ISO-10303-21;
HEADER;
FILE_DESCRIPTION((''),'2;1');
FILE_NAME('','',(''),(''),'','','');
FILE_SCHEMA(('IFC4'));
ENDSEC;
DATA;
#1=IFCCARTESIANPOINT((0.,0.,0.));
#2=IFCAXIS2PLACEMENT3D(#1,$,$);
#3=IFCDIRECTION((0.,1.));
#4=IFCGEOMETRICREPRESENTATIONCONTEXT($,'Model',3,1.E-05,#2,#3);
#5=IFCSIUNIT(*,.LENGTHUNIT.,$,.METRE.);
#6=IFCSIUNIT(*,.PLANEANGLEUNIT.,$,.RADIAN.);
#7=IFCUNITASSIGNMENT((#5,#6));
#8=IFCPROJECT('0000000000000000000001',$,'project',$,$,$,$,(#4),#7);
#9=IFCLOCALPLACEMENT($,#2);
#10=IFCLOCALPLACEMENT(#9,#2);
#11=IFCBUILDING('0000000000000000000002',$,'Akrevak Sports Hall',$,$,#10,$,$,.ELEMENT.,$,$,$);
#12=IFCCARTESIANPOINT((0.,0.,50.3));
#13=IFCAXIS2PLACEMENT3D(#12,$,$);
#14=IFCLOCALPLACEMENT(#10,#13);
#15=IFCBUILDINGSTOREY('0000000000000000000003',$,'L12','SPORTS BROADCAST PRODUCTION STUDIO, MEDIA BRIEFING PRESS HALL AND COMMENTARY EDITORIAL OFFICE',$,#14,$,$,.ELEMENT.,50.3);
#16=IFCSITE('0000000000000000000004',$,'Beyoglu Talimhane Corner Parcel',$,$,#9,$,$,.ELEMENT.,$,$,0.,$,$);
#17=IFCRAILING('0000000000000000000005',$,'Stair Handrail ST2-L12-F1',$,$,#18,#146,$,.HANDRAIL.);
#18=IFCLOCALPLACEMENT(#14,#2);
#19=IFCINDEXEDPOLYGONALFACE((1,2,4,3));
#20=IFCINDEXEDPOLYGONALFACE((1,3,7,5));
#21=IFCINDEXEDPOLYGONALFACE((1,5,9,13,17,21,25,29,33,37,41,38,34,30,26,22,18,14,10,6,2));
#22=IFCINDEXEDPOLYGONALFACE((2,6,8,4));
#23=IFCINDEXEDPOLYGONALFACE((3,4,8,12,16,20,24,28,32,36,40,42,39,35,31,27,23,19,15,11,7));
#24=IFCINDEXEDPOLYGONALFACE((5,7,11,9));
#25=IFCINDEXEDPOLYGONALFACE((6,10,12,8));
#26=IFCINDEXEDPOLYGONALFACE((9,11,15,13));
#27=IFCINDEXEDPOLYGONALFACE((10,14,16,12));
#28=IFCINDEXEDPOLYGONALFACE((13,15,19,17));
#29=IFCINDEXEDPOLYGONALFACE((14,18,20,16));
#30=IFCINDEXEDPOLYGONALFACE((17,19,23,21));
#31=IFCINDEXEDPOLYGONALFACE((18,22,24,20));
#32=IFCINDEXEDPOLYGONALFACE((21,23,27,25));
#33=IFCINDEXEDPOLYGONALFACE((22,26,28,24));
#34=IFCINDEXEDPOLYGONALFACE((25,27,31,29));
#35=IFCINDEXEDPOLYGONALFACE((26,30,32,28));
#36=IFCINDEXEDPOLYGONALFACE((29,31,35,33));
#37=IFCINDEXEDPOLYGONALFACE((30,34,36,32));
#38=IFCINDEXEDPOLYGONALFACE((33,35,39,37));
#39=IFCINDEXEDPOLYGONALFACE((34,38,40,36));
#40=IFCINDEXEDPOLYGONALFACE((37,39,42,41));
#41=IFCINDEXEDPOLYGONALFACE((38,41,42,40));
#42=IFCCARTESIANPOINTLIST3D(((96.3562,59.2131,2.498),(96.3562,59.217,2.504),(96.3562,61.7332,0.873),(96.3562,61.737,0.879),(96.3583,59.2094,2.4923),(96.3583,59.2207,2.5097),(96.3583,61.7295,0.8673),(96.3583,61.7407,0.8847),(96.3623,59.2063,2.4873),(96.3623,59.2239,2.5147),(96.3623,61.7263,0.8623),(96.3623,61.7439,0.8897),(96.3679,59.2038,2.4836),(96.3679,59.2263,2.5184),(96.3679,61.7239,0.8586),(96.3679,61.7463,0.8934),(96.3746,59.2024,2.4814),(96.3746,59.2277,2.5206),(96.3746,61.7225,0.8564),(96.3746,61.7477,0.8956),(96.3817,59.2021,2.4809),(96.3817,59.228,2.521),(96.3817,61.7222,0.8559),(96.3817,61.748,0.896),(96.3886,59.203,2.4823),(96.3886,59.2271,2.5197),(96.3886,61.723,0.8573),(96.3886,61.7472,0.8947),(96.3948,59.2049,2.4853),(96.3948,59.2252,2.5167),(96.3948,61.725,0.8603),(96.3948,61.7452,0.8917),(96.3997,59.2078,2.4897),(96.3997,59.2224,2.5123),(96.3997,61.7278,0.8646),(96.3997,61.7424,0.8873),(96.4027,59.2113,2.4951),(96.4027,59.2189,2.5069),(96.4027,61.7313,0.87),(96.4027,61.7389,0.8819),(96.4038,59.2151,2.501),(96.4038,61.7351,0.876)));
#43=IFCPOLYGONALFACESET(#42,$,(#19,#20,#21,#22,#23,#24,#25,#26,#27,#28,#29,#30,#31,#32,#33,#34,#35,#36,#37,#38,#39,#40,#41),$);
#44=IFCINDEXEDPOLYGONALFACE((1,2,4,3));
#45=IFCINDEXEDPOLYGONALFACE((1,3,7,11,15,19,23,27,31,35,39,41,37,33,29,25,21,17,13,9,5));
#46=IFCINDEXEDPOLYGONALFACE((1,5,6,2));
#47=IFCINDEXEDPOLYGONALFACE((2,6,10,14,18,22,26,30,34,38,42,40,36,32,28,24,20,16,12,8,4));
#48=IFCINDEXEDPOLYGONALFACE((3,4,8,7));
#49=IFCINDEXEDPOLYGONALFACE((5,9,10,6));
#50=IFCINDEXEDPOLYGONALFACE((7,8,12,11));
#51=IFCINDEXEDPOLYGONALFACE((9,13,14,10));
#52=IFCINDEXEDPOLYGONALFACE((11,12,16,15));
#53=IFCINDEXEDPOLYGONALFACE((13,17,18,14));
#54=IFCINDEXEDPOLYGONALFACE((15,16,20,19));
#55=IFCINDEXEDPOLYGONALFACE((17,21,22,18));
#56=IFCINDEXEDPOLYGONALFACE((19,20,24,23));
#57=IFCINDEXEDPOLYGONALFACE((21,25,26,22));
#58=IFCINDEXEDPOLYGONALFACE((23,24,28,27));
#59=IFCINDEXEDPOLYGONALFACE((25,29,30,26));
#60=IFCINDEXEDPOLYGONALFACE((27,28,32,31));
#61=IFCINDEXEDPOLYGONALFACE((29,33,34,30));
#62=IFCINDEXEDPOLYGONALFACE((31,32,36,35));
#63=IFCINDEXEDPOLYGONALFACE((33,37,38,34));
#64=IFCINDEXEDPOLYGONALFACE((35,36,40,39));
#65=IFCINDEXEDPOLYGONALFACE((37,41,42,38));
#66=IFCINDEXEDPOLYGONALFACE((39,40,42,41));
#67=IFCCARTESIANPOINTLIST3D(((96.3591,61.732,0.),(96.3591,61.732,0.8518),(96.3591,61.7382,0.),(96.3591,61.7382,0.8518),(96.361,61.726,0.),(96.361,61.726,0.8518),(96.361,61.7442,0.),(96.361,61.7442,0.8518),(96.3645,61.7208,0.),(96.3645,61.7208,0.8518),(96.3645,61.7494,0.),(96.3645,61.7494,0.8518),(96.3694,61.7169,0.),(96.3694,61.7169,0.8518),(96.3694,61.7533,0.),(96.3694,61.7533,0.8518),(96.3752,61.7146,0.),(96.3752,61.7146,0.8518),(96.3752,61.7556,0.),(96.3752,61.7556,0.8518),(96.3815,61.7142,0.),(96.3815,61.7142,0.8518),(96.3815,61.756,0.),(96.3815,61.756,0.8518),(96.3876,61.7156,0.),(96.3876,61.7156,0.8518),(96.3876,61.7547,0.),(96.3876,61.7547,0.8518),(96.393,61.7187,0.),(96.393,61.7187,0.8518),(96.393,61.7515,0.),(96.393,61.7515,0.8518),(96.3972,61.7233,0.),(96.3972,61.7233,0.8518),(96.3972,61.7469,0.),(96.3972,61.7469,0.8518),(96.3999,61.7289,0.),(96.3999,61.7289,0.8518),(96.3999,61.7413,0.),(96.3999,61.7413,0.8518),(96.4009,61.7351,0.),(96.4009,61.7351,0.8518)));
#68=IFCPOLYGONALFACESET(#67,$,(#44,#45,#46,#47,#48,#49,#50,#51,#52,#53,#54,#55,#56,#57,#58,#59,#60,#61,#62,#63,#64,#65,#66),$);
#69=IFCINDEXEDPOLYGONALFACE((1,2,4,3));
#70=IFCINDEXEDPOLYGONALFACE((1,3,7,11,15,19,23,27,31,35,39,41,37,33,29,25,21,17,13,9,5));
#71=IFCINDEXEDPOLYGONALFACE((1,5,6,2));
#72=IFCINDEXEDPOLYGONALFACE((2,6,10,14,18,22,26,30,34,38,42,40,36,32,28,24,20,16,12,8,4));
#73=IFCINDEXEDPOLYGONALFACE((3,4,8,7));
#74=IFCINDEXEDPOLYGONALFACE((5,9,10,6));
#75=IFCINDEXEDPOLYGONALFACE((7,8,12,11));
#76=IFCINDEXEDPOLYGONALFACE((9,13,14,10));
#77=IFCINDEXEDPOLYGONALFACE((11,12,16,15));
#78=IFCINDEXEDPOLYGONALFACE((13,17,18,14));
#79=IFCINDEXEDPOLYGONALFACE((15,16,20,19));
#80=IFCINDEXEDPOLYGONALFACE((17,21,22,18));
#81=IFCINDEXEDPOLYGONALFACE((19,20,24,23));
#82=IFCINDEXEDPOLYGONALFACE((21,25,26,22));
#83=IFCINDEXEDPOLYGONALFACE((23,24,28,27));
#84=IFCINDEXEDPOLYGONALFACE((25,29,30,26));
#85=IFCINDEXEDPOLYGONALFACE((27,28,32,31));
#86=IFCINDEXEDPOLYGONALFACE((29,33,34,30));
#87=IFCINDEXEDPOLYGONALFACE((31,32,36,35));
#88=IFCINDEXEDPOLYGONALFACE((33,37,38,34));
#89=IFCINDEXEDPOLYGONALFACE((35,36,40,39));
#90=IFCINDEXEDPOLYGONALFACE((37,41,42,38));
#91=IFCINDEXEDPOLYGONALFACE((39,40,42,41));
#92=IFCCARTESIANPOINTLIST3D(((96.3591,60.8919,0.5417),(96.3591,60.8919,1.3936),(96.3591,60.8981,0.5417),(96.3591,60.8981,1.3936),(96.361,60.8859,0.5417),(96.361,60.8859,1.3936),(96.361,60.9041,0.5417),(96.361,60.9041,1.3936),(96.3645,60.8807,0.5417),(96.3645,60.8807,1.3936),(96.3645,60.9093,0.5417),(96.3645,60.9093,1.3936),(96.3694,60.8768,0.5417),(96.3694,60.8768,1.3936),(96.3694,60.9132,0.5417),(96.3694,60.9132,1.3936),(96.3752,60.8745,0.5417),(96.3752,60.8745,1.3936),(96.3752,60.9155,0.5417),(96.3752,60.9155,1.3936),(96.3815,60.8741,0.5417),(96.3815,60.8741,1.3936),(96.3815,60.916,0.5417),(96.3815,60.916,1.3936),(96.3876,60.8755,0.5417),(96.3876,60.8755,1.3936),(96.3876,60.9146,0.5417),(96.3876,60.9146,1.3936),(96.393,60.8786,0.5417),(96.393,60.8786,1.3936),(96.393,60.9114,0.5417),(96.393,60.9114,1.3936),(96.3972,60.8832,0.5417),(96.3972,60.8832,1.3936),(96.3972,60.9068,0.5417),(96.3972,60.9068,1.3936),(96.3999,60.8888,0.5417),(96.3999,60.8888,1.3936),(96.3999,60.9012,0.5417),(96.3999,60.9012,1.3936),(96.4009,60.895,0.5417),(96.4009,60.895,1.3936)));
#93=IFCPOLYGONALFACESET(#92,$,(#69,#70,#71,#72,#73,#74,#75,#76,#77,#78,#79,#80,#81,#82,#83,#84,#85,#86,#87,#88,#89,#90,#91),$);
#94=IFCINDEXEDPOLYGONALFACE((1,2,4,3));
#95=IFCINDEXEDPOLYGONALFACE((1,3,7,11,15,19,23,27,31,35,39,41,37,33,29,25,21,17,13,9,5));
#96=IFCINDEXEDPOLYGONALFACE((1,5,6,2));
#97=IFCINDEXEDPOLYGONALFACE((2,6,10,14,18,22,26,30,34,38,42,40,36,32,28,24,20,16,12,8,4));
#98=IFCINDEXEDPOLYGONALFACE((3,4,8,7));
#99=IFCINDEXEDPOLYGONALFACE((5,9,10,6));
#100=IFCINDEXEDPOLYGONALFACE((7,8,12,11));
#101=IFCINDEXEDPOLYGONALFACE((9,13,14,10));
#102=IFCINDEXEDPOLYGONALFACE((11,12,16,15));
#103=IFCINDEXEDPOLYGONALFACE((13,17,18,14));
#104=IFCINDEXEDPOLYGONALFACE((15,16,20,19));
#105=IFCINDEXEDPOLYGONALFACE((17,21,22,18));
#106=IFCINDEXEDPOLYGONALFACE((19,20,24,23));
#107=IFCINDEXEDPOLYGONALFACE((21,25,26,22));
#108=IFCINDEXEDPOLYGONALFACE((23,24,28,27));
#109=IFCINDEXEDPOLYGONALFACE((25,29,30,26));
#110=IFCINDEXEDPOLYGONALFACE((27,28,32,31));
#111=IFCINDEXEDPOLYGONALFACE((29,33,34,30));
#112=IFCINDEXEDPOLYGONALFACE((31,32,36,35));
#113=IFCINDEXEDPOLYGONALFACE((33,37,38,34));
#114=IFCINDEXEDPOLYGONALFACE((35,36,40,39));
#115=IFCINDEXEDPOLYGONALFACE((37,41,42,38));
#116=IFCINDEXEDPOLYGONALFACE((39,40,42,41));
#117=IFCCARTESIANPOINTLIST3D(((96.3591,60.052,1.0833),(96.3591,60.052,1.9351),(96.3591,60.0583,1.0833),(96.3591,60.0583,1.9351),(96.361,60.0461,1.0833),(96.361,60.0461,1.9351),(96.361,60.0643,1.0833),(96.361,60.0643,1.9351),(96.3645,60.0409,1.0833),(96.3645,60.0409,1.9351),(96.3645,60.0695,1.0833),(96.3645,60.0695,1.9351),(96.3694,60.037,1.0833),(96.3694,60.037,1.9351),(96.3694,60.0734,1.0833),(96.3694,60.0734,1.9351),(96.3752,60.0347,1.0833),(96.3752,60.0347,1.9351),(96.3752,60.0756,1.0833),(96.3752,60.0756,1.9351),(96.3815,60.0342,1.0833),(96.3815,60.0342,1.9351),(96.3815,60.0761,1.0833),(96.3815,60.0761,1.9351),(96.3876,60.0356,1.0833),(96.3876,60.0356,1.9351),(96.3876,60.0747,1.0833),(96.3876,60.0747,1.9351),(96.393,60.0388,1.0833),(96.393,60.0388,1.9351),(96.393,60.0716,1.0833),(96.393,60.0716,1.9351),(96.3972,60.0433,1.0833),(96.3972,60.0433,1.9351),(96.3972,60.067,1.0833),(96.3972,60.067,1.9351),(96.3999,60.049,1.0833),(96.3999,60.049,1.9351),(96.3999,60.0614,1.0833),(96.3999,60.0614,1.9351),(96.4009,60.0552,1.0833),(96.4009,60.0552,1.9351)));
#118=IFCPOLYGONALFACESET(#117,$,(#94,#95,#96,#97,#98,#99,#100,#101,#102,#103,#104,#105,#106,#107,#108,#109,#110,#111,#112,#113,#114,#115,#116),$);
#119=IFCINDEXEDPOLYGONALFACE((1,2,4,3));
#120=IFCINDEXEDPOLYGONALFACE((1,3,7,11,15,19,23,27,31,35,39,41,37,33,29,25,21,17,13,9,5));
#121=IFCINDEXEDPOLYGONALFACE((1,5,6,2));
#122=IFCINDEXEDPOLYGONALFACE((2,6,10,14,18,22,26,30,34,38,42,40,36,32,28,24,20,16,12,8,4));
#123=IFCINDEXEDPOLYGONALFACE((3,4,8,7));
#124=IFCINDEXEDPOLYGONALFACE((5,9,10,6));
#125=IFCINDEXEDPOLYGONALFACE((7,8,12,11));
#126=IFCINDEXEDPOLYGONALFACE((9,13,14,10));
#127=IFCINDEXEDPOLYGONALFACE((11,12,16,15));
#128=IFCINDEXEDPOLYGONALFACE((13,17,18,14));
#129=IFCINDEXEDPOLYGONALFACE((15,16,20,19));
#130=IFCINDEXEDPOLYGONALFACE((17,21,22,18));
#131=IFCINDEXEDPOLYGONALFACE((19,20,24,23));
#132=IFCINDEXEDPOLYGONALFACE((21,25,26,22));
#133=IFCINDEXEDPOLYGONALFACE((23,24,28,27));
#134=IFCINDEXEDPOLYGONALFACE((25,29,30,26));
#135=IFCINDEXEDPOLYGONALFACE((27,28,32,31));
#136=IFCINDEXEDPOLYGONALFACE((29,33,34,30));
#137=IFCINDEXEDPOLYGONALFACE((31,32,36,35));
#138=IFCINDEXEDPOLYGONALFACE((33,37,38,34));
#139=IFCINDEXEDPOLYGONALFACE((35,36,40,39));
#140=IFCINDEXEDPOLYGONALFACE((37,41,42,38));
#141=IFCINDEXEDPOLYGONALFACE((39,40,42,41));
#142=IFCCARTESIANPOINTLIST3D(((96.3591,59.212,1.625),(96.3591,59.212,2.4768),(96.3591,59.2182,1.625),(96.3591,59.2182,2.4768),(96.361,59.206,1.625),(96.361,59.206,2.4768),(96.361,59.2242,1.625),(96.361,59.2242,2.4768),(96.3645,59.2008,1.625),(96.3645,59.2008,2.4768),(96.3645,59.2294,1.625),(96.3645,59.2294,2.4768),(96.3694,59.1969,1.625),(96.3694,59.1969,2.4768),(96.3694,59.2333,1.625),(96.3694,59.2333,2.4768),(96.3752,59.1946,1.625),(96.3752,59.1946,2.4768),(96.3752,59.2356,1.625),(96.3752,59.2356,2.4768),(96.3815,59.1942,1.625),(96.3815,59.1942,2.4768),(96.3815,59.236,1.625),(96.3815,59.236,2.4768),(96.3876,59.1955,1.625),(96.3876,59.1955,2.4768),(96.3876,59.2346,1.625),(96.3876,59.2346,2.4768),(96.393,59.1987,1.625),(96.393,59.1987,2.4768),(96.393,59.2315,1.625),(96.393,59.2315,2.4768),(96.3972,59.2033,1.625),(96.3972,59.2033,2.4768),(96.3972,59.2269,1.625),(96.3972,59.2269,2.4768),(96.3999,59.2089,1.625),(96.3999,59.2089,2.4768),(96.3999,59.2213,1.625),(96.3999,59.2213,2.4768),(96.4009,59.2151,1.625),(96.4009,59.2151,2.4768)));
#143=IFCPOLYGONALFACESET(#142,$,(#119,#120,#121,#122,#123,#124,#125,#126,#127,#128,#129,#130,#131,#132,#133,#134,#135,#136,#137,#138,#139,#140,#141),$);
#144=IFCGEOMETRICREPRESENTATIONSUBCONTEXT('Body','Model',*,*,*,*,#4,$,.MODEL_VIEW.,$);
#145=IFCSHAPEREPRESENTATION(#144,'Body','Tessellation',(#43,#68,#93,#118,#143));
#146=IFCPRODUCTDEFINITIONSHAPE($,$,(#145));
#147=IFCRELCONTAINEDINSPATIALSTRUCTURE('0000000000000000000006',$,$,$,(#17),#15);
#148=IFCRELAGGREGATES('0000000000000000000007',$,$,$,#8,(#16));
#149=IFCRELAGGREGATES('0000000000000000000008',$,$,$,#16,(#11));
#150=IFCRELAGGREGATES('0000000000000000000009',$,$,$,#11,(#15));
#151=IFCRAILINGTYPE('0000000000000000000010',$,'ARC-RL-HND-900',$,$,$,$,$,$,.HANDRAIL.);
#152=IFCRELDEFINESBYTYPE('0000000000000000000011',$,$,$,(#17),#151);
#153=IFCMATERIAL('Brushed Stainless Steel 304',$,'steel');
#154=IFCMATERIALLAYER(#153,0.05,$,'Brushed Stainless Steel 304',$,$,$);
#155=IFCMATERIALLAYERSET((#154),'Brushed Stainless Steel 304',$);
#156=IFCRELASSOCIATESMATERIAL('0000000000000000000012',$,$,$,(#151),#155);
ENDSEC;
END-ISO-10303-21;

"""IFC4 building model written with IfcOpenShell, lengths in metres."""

from ifc_helpers import new_model, si_unit, direction, frame, origin, origin_2d, place, context, subcontext, project, spatial, circle, extrude, material, layer, layer_set, type_object, element, save


model = new_model("IFC4")

# Units and contexts
model_context = context("Model", 3, precision=1e-05, world=origin(), true_north=direction((0.0, 1.0)))
body_context = subcontext(model_context, "Body", "Model", "MODEL_VIEW")
ifc_project = project(units=[si_unit("LENGTHUNIT", "METRE"), si_unit("PLANEANGLEUNIT", "RADIAN")], contexts=[model_context])

# Site, building, storey
site_placement = place(None, origin())
site = spatial("IfcSite", under=ifc_project, at=site_placement, Name="Beyoglu Talimhane Corner Parcel", CompositionType="ELEMENT", RefElevation=0.0)
building_placement = place(site_placement, origin())
building = spatial("IfcBuilding", under=site, at=building_placement, Name="Akrevak Sports Hall", CompositionType="ELEMENT")
storey_placement = place(building_placement, frame((0.0, 0.0, 50.3)))
storey = spatial("IfcBuildingStorey", under=building, at=storey_placement, Name="L12", Description="SPORTS BROADCAST PRODUCTION STUDIO, MEDIA BRIEFING PRESS HALL AND COMMENTARY EDITORIAL OFFICE", CompositionType="ELEMENT", Elevation=50.3)

# Shared definitions
ifc_material_1 = material(Name="Brushed Stainless Steel 304", Category="steel")

# Railing
ifc_layer_1 = layer(ifc_material_1, 0.05, Name="Brushed Stainless Steel 304")
ifc_layer_set_1 = layer_set([ifc_layer_1], Name="Brushed Stainless Steel 304")
railing_type_1 = type_object("IfcRailingType", Name="ARC-RL-HND-900", PredefinedType="HANDRAIL", material=ifc_layer_set_1)
railing_1_placement = place(storey_placement, frame((96.3799, 61.7351, 0.0)))
element("IfcRailing", 1, at=railing_1_placement, inside=storey, type_object=railing_type_1, Name="Stair Handrail ST2-L12-F1", PredefinedType="HANDRAIL", context=body_context, shape_type="SweptSolid", body=[
    extrude(circle(Radius=0.0239, at=origin_2d()), frame((0.0, 0.0, 0.876), z_axis=(0.0, -0.840421, 0.541934), x_axis=(1.0, 0.0, 0.0)), (0.0, 0.0, 1.0), 2.9985),
    extrude(circle(Radius=0.021, at=origin_2d()), origin(), (0.0, 0.0, 1.0), 0.8518),
    extrude(circle(Radius=0.021, at=origin_2d()), frame((0.0, -0.8401, 0.5417)), (0.0, 0.0, 1.0), 0.8518),
    extrude(circle(Radius=0.021, at=origin_2d()), frame((0.0, -1.6799, 1.0833)), (0.0, 0.0, 1.0), 0.8518),
    extrude(circle(Radius=0.021, at=origin_2d()), frame((0.0, -2.52, 1.625)), (0.0, 0.0, 1.0), 0.8518),
])

save(model, "model.ifc")
